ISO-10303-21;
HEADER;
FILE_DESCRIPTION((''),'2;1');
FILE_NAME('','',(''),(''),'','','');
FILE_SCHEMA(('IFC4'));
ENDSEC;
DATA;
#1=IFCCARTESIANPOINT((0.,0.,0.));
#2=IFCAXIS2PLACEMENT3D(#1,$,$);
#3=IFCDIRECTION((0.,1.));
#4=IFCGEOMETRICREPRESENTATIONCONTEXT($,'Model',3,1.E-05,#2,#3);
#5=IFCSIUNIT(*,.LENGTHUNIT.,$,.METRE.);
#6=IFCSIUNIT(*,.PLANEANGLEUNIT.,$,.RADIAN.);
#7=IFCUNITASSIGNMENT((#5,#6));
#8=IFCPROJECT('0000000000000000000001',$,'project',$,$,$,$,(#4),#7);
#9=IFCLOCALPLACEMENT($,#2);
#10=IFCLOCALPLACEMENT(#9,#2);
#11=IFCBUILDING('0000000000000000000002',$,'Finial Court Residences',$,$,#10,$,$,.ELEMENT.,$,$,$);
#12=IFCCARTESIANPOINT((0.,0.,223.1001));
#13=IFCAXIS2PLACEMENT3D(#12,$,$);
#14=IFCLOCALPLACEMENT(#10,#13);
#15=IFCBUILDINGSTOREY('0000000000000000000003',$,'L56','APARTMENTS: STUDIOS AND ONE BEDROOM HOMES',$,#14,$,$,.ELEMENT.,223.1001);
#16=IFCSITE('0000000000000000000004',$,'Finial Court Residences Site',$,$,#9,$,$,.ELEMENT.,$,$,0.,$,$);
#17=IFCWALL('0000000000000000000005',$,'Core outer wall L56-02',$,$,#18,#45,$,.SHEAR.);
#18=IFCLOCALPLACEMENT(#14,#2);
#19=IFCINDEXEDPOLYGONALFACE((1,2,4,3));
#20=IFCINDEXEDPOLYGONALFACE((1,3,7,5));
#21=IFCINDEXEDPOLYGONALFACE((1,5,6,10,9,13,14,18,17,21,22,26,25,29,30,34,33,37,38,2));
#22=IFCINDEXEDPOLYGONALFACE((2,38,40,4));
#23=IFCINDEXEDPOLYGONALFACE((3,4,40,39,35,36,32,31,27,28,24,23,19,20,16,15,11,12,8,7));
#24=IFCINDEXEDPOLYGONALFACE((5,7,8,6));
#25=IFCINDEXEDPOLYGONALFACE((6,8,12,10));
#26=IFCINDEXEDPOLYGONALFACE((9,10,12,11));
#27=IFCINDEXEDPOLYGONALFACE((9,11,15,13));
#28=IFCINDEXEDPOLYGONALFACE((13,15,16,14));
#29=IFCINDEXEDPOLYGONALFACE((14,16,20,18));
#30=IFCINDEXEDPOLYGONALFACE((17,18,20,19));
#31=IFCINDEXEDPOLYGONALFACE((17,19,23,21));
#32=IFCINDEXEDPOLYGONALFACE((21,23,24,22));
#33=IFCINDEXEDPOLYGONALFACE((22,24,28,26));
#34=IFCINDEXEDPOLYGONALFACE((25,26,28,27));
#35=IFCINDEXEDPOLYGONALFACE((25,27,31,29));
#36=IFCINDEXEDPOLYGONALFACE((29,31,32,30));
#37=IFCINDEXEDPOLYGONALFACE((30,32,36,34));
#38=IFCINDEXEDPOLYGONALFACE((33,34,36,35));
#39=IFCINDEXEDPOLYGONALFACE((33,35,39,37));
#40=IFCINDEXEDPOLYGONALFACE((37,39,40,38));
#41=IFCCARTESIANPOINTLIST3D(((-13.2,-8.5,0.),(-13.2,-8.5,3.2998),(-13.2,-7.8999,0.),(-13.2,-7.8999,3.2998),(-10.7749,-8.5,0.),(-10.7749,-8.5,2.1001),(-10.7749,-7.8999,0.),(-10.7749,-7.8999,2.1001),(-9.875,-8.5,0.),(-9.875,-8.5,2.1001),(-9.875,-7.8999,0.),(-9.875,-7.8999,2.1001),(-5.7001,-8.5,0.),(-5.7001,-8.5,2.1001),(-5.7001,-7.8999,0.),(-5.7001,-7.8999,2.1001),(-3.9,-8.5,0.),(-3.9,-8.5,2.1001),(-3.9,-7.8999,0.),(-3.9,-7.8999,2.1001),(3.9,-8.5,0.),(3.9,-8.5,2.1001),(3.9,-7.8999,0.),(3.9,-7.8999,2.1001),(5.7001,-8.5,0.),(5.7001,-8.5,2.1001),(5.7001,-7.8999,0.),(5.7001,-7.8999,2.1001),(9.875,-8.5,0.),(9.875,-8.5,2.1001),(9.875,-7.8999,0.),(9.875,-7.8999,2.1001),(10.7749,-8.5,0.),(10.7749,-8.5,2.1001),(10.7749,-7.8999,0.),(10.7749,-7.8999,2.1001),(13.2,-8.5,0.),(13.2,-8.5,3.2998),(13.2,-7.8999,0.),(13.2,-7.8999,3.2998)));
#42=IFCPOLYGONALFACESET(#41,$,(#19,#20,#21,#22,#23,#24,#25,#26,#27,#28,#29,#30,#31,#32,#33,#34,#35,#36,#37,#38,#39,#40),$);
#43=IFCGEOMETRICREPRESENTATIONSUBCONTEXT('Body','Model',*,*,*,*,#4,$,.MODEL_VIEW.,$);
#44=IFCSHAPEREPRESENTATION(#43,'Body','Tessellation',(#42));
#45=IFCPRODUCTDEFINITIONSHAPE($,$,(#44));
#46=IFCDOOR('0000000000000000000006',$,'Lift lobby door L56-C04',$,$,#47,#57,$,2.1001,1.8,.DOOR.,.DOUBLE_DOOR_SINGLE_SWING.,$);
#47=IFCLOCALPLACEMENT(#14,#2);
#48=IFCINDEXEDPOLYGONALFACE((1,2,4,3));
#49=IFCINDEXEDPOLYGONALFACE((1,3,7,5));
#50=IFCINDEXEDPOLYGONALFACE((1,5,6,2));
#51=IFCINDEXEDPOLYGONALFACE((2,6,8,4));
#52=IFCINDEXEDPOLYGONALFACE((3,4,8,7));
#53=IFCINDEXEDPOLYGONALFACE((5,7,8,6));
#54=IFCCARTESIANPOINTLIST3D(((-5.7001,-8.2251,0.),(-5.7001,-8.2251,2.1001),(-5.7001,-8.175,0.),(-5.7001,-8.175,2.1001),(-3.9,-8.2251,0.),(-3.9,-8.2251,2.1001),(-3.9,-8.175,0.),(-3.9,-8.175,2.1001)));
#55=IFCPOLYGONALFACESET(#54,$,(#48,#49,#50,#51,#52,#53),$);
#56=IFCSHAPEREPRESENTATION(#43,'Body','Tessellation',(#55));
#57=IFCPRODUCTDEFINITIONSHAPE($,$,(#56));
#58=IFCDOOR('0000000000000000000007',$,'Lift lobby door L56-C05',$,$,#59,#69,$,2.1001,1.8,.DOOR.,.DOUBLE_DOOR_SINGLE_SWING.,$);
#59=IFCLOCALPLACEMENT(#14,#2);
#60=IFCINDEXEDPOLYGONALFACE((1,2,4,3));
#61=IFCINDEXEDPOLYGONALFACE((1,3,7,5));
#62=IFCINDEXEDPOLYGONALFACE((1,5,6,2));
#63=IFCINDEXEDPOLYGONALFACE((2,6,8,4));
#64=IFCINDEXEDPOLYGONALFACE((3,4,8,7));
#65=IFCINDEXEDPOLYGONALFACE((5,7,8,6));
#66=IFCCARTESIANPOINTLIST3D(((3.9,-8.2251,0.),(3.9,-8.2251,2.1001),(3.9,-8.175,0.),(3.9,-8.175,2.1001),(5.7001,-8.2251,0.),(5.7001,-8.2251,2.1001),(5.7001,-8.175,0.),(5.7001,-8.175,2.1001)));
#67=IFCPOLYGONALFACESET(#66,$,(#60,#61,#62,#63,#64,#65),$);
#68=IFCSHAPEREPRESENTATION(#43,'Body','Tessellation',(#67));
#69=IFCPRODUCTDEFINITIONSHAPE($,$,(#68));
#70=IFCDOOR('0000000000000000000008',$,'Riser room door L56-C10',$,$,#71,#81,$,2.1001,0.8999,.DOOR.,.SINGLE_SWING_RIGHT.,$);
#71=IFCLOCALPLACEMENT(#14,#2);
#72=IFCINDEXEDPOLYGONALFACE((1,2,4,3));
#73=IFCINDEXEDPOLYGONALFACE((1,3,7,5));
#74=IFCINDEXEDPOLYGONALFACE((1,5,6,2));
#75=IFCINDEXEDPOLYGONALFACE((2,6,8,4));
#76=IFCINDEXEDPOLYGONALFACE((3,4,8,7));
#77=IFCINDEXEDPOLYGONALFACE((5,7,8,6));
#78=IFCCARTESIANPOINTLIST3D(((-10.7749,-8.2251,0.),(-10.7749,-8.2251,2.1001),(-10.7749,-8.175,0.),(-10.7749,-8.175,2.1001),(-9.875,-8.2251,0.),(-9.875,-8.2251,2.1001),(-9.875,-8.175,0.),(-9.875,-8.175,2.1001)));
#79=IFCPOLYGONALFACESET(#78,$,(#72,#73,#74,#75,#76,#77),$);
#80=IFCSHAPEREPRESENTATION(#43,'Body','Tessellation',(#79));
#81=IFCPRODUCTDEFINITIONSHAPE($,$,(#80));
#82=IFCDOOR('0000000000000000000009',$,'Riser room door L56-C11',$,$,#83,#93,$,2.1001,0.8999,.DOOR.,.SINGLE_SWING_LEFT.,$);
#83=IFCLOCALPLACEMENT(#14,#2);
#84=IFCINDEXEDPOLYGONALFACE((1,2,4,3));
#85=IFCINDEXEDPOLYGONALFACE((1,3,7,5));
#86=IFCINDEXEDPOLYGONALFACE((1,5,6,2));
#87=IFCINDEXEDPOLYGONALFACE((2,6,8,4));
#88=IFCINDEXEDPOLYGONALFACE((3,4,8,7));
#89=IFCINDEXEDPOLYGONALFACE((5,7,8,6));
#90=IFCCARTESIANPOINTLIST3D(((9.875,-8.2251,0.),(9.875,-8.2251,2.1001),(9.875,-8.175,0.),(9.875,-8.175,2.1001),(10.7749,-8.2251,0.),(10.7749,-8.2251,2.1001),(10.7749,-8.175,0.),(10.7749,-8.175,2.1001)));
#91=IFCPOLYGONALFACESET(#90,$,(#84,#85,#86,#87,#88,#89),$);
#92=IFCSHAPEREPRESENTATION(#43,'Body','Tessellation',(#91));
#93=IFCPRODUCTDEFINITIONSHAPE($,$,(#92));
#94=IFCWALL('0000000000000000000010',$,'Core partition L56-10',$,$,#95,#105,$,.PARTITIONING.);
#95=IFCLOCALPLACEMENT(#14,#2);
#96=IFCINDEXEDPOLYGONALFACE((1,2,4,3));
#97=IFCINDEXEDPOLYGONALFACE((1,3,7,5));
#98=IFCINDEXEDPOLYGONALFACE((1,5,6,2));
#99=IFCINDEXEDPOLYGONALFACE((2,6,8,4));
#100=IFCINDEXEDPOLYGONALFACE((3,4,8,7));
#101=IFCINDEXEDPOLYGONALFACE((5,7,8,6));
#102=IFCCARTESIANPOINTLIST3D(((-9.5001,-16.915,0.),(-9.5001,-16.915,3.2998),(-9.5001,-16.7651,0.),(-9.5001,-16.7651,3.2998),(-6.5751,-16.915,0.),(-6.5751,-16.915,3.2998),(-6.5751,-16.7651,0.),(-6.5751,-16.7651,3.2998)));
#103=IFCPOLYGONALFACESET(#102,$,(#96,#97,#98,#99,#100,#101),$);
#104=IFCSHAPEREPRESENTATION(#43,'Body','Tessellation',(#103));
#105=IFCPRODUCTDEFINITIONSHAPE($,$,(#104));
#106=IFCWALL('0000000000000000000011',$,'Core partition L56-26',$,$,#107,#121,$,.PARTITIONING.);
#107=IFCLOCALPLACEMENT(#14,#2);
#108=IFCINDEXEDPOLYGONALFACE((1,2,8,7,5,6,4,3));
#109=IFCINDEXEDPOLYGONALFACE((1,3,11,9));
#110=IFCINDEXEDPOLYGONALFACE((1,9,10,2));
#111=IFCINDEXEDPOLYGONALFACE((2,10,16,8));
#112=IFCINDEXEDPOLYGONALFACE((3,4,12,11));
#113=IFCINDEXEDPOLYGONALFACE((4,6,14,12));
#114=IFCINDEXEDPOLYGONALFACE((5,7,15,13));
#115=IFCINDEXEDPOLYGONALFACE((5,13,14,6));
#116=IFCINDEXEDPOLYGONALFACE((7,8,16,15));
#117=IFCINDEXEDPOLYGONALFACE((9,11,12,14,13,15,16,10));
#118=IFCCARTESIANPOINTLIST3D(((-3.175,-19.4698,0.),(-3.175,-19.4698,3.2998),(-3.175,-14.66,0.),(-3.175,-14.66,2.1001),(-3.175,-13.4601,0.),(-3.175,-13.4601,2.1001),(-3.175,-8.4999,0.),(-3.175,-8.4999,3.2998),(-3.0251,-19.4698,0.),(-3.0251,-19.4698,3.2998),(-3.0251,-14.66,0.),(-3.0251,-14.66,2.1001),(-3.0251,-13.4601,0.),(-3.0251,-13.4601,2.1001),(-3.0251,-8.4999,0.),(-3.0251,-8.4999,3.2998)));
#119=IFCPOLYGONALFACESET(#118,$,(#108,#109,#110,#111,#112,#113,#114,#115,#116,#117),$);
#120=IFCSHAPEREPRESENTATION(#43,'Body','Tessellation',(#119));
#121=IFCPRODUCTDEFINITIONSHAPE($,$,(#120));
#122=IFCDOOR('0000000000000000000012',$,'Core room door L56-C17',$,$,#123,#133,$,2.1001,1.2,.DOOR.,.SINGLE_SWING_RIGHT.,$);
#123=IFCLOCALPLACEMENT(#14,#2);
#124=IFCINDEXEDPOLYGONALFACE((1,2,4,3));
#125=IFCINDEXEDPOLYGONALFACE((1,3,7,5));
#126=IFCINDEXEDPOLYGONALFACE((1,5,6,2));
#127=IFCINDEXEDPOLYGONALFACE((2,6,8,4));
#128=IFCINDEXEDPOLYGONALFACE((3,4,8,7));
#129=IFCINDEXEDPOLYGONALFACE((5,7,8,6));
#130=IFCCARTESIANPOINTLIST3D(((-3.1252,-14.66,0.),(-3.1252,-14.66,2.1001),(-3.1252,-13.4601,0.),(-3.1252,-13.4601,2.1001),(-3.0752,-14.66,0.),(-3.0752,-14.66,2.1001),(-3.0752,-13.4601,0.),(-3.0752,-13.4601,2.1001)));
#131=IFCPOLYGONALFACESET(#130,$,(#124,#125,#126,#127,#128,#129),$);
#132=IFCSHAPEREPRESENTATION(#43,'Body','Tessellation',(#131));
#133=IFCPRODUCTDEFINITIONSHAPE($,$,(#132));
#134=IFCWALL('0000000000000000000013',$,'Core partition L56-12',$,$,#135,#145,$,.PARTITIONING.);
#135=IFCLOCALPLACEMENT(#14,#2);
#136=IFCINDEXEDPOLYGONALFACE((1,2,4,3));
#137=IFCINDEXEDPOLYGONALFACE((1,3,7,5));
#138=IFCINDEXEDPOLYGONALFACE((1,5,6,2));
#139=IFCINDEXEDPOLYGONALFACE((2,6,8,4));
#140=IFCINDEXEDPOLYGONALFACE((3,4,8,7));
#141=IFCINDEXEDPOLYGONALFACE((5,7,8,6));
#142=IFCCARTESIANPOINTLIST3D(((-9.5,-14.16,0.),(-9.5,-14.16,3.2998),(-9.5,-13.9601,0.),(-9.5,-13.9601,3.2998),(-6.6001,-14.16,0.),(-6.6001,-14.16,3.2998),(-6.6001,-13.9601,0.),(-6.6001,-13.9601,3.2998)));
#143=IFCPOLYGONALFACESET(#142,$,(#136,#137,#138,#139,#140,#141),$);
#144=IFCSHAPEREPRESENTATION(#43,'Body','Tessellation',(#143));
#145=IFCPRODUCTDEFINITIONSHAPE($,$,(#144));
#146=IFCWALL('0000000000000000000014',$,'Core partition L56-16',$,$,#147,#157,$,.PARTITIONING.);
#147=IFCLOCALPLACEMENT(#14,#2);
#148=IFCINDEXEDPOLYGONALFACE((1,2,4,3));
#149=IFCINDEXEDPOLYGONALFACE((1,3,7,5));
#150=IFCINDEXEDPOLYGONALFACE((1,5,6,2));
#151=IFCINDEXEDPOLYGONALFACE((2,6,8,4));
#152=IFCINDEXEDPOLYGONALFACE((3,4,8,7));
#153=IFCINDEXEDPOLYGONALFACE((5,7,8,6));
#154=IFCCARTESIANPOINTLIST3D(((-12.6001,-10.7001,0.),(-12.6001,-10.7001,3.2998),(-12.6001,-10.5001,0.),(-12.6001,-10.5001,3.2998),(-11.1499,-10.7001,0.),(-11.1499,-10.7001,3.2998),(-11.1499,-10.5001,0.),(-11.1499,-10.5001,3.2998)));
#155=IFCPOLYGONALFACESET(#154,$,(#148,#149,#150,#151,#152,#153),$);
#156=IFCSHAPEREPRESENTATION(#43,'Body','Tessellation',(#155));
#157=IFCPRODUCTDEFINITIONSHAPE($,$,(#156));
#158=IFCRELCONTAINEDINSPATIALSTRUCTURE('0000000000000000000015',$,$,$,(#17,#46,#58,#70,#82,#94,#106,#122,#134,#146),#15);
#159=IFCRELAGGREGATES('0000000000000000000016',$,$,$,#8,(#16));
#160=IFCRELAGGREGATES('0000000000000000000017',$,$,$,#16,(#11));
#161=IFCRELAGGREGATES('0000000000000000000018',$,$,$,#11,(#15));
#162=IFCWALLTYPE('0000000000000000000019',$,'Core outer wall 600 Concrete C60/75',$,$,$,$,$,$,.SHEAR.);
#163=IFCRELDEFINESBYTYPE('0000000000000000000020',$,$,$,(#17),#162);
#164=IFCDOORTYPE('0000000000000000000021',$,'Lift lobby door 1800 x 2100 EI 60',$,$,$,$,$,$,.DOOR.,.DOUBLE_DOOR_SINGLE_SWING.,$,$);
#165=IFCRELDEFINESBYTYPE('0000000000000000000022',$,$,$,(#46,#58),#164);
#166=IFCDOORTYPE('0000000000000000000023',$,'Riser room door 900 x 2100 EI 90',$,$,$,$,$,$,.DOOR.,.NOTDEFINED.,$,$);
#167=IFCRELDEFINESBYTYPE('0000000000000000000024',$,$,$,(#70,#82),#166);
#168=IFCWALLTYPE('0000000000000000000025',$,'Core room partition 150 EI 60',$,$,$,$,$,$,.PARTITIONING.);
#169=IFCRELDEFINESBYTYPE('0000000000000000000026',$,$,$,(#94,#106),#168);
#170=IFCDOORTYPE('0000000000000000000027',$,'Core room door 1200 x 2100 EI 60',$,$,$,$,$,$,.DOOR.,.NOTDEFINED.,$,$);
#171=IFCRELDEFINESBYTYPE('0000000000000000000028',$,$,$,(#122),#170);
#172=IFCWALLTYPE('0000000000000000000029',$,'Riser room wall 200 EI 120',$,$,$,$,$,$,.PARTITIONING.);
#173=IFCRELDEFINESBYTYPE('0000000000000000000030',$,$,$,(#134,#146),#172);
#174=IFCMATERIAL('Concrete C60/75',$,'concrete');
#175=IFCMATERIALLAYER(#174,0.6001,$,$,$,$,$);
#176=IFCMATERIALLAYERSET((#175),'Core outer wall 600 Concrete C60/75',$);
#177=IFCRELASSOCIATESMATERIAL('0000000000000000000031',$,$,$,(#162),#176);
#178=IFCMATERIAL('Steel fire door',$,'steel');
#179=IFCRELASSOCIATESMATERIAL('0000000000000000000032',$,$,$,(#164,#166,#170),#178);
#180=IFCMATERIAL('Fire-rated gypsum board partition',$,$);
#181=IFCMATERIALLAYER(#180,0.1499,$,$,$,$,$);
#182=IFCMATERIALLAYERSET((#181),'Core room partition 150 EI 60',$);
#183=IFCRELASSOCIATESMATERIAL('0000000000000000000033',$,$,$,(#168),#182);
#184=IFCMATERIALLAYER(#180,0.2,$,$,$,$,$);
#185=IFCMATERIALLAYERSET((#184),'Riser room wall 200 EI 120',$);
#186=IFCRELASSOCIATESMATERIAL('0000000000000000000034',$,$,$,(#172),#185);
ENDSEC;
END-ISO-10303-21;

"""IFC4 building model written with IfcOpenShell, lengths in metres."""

from ifc_helpers import new_model, si_unit, direction, frame, frame_2d, origin, place, context, subcontext, project, spatial, rectangle, extrude, material, layer, layer_set, type_object, element, fill, save


model = new_model("IFC4")

# Units and contexts
model_context = context("Model", 3, precision=1e-05, world=origin(), true_north=direction((0.0, 1.0)))
body_context = subcontext(model_context, "Body", "Model", "MODEL_VIEW")
ifc_project = project(units=[si_unit("LENGTHUNIT", "METRE"), si_unit("PLANEANGLEUNIT", "RADIAN")], contexts=[model_context])

# Site, building, storey
site_placement = place(None, origin())
site = spatial("IfcSite", under=ifc_project, at=site_placement, Name="Finial Court Residences Site", CompositionType="ELEMENT", RefElevation=0.0)
building_placement = place(site_placement, origin())
building = spatial("IfcBuilding", under=site, at=building_placement, Name="Finial Court Residences", CompositionType="ELEMENT")
storey_placement = place(building_placement, frame((0.0, 0.0, 223.1001)))
storey = spatial("IfcBuildingStorey", under=building, at=storey_placement, Name="L56", Description="APARTMENTS: STUDIOS AND ONE BEDROOM HOMES", CompositionType="ELEMENT", Elevation=223.1001)

# Wall, openings, doors
ifc_material_1 = material(Name="Concrete C60/75", Category="concrete")
ifc_layer_1 = layer(ifc_material_1, 0.6001)
ifc_layer_set_1 = layer_set([ifc_layer_1], Name="Core outer wall 600 Concrete C60/75")
wall_type_1 = type_object("IfcWallType", Name="Core outer wall 600 Concrete C60/75", PredefinedType="SHEAR", material=ifc_layer_set_1)
wall_1_placement = place(storey_placement, frame((-13.2, -8.2, 0.0), z_axis=(0.0, 0.0, 1.0), x_axis=(1.0, 0.0, 0.0)))
wall_1 = element("IfcWall", 1, at=wall_1_placement, inside=storey, type_object=wall_type_1, Name="Core outer wall L56-02", PredefinedType="SHEAR", context=body_context, shape_type="SweptSolid", body=[
    extrude(rectangle(XDim=26.3999, YDim=0.6001, at=frame_2d((13.2, 0.0))), origin(), (0.0, 0.0, 1.0), 3.2998),
])
opening_1_placement = place(wall_1_placement, frame((7.5, 0.0, 0.0)))
opening_1 = element("IfcOpeningElement", 2, at=opening_1_placement, cuts=wall_1, PredefinedType="OPENING", context=body_context, shape_type="SweptSolid", body=[
    extrude(rectangle(XDim=1.8, YDim=2.1001, at=frame_2d((0.8999, 1.05))), frame((0.0, 0.3101, 0.0), z_axis=(0.0, -1.0, 0.0), x_axis=(1.0, 0.0, 0.0)), (0.0, 0.0, 1.0), 0.6201),
])
opening_2_placement = place(wall_1_placement, frame((17.1001, 0.0, 0.0)))
opening_2 = element("IfcOpeningElement", 3, at=opening_2_placement, cuts=wall_1, PredefinedType="OPENING", context=body_context, shape_type="SweptSolid", body=[
    extrude(rectangle(XDim=1.8, YDim=2.1001, at=frame_2d((0.8999, 1.05))), frame((0.0, 0.3101, 0.0), z_axis=(0.0, -1.0, 0.0), x_axis=(1.0, 0.0, 0.0)), (0.0, 0.0, 1.0), 0.6201),
])
opening_3_placement = place(wall_1_placement, frame((2.425, 0.0, 0.0)))
opening_3 = element("IfcOpeningElement", 4, at=opening_3_placement, cuts=wall_1, PredefinedType="OPENING", context=body_context, shape_type="SweptSolid", body=[
    extrude(rectangle(XDim=0.8999, YDim=2.1001, at=frame_2d((0.45, 1.05))), frame((0.0, 0.3101, 0.0), z_axis=(0.0, -1.0, 0.0), x_axis=(1.0, 0.0, 0.0)), (0.0, 0.0, 1.0), 0.6201),
])
opening_4_placement = place(wall_1_placement, frame((23.075, 0.0, 0.0)))
opening_4 = element("IfcOpeningElement", 5, at=opening_4_placement, cuts=wall_1, PredefinedType="OPENING", context=body_context, shape_type="SweptSolid", body=[
    extrude(rectangle(XDim=0.8999, YDim=2.1001, at=frame_2d((0.45, 1.05))), frame((0.0, 0.3101, 0.0), z_axis=(0.0, -1.0, 0.0), x_axis=(1.0, 0.0, 0.0)), (0.0, 0.0, 1.0), 0.6201),
])
ifc_material_2 = material(Name="Steel fire door", Category="steel")
door_type_1 = type_object("IfcDoorType", Name="Lift lobby door 1800 x 2100 EI 60", OperationType="DOUBLE_DOOR_SINGLE_SWING", PredefinedType="DOOR", material=ifc_material_2)
door_1_placement = place(opening_1_placement, origin())
door_1 = element("IfcDoor", 6, at=door_1_placement, inside=storey, type_object=door_type_1, Name="Lift lobby door L56-C04", OperationType="DOUBLE_DOOR_SINGLE_SWING", OverallHeight=2.1001, OverallWidth=1.8, PredefinedType="DOOR", context=body_context, shape_type="SweptSolid", body=[
    extrude(rectangle(XDim=1.8, YDim=2.1001, at=frame_2d((0.8999, 1.05))), frame((0.0, 0.0249, 0.0), z_axis=(0.0, -1.0, 0.0), x_axis=(1.0, 0.0, 0.0)), (0.0, 0.0, 1.0), 0.05),
])
fill(opening_1, door_1)
door_2_placement = place(opening_2_placement, origin())
door_2 = element("IfcDoor", 7, at=door_2_placement, inside=storey, type_object=door_type_1, Name="Lift lobby door L56-C05", OperationType="DOUBLE_DOOR_SINGLE_SWING", OverallHeight=2.1001, OverallWidth=1.8, PredefinedType="DOOR", context=body_context, shape_type="SweptSolid", body=[
    extrude(rectangle(XDim=1.8, YDim=2.1001, at=frame_2d((0.8999, 1.05))), frame((0.0, 0.0249, 0.0), z_axis=(0.0, -1.0, 0.0), x_axis=(1.0, 0.0, 0.0)), (0.0, 0.0, 1.0), 0.05),
])
fill(opening_2, door_2)
door_type_2 = type_object("IfcDoorType", Name="Riser room door 900 x 2100 EI 90", OperationType="NOTDEFINED", PredefinedType="DOOR", material=ifc_material_2)
door_3_placement = place(opening_3_placement, origin())
door_3 = element("IfcDoor", 8, at=door_3_placement, inside=storey, type_object=door_type_2, Name="Riser room door L56-C10", OperationType="SINGLE_SWING_RIGHT", OverallHeight=2.1001, OverallWidth=0.8999, PredefinedType="DOOR", context=body_context, shape_type="SweptSolid", body=[
    extrude(rectangle(XDim=0.8999, YDim=2.1001, at=frame_2d((0.45, 1.05))), frame((0.0, 0.0249, 0.0), z_axis=(0.0, -1.0, 0.0), x_axis=(1.0, 0.0, 0.0)), (0.0, 0.0, 1.0), 0.05),
])
fill(opening_3, door_3)
door_4_placement = place(opening_4_placement, origin())
door_4 = element("IfcDoor", 9, at=door_4_placement, inside=storey, type_object=door_type_2, Name="Riser room door L56-C11", OperationType="SINGLE_SWING_LEFT", OverallHeight=2.1001, OverallWidth=0.8999, PredefinedType="DOOR", context=body_context, shape_type="SweptSolid", body=[
    extrude(rectangle(XDim=0.8999, YDim=2.1001, at=frame_2d((0.45, 1.05))), frame((0.0, 0.0249, 0.0), z_axis=(0.0, -1.0, 0.0), x_axis=(1.0, 0.0, 0.0)), (0.0, 0.0, 1.0), 0.05),
])
fill(opening_4, door_4)

# Wall
ifc_material_3 = material(Name="Fire-rated gypsum board partition")
ifc_layer_2 = layer(ifc_material_3, 0.1499)
ifc_layer_set_2 = layer_set([ifc_layer_2], Name="Core room partition 150 EI 60")
wall_type_2 = type_object("IfcWallType", Name="Core room partition 150 EI 60", PredefinedType="PARTITIONING", material=ifc_layer_set_2)
wall_2_placement = place(storey_placement, frame((-9.5, -16.8401, 0.0), z_axis=(0.0, 0.0, 1.0), x_axis=(1.0, 0.0, 0.0)))
element("IfcWall", 10, at=wall_2_placement, inside=storey, type_object=wall_type_2, Name="Core partition L56-10", PredefinedType="PARTITIONING", context=body_context, shape_type="SweptSolid", body=[
    extrude(rectangle(XDim=2.925, YDim=0.1499, at=frame_2d((1.4624, 0.0))), origin(), (0.0, 0.0, 1.0), 3.2998),
])

# Wall, opening, door
wall_3_placement = place(storey_placement, frame((-3.1001, -8.5, 0.0), z_axis=(0.0, 0.0, 1.0), x_axis=(0.0, -1.0, 0.0)))
wall_3 = element("IfcWall", 11, at=wall_3_placement, inside=storey, type_object=wall_type_2, Name="Core partition L56-26", PredefinedType="PARTITIONING", context=body_context, shape_type="SweptSolid", body=[
    extrude(rectangle(XDim=10.97, YDim=0.1499, at=frame_2d((5.4849, 0.0))), origin(), (0.0, 0.0, 1.0), 3.2998),
])
opening_5_placement = place(wall_3_placement, frame((4.96, 0.0, 0.0)))
opening_5 = element("IfcOpeningElement", 12, at=opening_5_placement, cuts=wall_3, PredefinedType="OPENING", context=body_context, shape_type="SweptSolid", body=[
    extrude(rectangle(XDim=1.2, YDim=2.1001, at=frame_2d((0.6001, 1.05))), frame((0.0, 0.085, 0.0), z_axis=(0.0, -1.0, 0.0), x_axis=(1.0, 0.0, 0.0)), (0.0, 0.0, 1.0), 0.1699),
])
door_type_3 = type_object("IfcDoorType", Name="Core room door 1200 x 2100 EI 60", OperationType="NOTDEFINED", PredefinedType="DOOR", material=ifc_material_2)
door_5_placement = place(opening_5_placement, origin())
door_5 = element("IfcDoor", 13, at=door_5_placement, inside=storey, type_object=door_type_3, Name="Core room door L56-C17", OperationType="SINGLE_SWING_RIGHT", OverallHeight=2.1001, OverallWidth=1.2, PredefinedType="DOOR", context=body_context, shape_type="SweptSolid", body=[
    extrude(rectangle(XDim=1.2, YDim=2.1001, at=frame_2d((0.6001, 1.05))), frame((0.0, 0.0249, 0.0), z_axis=(0.0, -1.0, 0.0), x_axis=(1.0, 0.0, 0.0)), (0.0, 0.0, 1.0), 0.05),
])
fill(opening_5, door_5)

# Walls
ifc_layer_3 = layer(ifc_material_3, 0.2)
ifc_layer_set_3 = layer_set([ifc_layer_3], Name="Riser room wall 200 EI 120")
wall_type_3 = type_object("IfcWallType", Name="Riser room wall 200 EI 120", PredefinedType="PARTITIONING", material=ifc_layer_set_3)
wall_4_placement = place(storey_placement, frame((-9.5, -14.0601, 0.0), z_axis=(0.0, 0.0, 1.0), x_axis=(1.0, 0.0, 0.0)))
element("IfcWall", 14, at=wall_4_placement, inside=storey, type_object=wall_type_3, Name="Core partition L56-12", PredefinedType="PARTITIONING", context=body_context, shape_type="SweptSolid", body=[
    extrude(rectangle(XDim=2.8999, YDim=0.2, at=frame_2d((1.45, 0.0))), origin(), (0.0, 0.0, 1.0), 3.2998),
])
wall_5_placement = place(storey_placement, frame((-12.6001, -10.6001, 0.0), z_axis=(0.0, 0.0, 1.0), x_axis=(1.0, 0.0, 0.0)))
element("IfcWall", 15, at=wall_5_placement, inside=storey, type_object=wall_type_3, Name="Core partition L56-16", PredefinedType="PARTITIONING", context=body_context, shape_type="SweptSolid", body=[
    extrude(rectangle(XDim=1.4502, YDim=0.2, at=frame_2d((0.7251, 0.0))), origin(), (0.0, 0.0, 1.0), 3.2998),
])

save(model, "model.ifc")
